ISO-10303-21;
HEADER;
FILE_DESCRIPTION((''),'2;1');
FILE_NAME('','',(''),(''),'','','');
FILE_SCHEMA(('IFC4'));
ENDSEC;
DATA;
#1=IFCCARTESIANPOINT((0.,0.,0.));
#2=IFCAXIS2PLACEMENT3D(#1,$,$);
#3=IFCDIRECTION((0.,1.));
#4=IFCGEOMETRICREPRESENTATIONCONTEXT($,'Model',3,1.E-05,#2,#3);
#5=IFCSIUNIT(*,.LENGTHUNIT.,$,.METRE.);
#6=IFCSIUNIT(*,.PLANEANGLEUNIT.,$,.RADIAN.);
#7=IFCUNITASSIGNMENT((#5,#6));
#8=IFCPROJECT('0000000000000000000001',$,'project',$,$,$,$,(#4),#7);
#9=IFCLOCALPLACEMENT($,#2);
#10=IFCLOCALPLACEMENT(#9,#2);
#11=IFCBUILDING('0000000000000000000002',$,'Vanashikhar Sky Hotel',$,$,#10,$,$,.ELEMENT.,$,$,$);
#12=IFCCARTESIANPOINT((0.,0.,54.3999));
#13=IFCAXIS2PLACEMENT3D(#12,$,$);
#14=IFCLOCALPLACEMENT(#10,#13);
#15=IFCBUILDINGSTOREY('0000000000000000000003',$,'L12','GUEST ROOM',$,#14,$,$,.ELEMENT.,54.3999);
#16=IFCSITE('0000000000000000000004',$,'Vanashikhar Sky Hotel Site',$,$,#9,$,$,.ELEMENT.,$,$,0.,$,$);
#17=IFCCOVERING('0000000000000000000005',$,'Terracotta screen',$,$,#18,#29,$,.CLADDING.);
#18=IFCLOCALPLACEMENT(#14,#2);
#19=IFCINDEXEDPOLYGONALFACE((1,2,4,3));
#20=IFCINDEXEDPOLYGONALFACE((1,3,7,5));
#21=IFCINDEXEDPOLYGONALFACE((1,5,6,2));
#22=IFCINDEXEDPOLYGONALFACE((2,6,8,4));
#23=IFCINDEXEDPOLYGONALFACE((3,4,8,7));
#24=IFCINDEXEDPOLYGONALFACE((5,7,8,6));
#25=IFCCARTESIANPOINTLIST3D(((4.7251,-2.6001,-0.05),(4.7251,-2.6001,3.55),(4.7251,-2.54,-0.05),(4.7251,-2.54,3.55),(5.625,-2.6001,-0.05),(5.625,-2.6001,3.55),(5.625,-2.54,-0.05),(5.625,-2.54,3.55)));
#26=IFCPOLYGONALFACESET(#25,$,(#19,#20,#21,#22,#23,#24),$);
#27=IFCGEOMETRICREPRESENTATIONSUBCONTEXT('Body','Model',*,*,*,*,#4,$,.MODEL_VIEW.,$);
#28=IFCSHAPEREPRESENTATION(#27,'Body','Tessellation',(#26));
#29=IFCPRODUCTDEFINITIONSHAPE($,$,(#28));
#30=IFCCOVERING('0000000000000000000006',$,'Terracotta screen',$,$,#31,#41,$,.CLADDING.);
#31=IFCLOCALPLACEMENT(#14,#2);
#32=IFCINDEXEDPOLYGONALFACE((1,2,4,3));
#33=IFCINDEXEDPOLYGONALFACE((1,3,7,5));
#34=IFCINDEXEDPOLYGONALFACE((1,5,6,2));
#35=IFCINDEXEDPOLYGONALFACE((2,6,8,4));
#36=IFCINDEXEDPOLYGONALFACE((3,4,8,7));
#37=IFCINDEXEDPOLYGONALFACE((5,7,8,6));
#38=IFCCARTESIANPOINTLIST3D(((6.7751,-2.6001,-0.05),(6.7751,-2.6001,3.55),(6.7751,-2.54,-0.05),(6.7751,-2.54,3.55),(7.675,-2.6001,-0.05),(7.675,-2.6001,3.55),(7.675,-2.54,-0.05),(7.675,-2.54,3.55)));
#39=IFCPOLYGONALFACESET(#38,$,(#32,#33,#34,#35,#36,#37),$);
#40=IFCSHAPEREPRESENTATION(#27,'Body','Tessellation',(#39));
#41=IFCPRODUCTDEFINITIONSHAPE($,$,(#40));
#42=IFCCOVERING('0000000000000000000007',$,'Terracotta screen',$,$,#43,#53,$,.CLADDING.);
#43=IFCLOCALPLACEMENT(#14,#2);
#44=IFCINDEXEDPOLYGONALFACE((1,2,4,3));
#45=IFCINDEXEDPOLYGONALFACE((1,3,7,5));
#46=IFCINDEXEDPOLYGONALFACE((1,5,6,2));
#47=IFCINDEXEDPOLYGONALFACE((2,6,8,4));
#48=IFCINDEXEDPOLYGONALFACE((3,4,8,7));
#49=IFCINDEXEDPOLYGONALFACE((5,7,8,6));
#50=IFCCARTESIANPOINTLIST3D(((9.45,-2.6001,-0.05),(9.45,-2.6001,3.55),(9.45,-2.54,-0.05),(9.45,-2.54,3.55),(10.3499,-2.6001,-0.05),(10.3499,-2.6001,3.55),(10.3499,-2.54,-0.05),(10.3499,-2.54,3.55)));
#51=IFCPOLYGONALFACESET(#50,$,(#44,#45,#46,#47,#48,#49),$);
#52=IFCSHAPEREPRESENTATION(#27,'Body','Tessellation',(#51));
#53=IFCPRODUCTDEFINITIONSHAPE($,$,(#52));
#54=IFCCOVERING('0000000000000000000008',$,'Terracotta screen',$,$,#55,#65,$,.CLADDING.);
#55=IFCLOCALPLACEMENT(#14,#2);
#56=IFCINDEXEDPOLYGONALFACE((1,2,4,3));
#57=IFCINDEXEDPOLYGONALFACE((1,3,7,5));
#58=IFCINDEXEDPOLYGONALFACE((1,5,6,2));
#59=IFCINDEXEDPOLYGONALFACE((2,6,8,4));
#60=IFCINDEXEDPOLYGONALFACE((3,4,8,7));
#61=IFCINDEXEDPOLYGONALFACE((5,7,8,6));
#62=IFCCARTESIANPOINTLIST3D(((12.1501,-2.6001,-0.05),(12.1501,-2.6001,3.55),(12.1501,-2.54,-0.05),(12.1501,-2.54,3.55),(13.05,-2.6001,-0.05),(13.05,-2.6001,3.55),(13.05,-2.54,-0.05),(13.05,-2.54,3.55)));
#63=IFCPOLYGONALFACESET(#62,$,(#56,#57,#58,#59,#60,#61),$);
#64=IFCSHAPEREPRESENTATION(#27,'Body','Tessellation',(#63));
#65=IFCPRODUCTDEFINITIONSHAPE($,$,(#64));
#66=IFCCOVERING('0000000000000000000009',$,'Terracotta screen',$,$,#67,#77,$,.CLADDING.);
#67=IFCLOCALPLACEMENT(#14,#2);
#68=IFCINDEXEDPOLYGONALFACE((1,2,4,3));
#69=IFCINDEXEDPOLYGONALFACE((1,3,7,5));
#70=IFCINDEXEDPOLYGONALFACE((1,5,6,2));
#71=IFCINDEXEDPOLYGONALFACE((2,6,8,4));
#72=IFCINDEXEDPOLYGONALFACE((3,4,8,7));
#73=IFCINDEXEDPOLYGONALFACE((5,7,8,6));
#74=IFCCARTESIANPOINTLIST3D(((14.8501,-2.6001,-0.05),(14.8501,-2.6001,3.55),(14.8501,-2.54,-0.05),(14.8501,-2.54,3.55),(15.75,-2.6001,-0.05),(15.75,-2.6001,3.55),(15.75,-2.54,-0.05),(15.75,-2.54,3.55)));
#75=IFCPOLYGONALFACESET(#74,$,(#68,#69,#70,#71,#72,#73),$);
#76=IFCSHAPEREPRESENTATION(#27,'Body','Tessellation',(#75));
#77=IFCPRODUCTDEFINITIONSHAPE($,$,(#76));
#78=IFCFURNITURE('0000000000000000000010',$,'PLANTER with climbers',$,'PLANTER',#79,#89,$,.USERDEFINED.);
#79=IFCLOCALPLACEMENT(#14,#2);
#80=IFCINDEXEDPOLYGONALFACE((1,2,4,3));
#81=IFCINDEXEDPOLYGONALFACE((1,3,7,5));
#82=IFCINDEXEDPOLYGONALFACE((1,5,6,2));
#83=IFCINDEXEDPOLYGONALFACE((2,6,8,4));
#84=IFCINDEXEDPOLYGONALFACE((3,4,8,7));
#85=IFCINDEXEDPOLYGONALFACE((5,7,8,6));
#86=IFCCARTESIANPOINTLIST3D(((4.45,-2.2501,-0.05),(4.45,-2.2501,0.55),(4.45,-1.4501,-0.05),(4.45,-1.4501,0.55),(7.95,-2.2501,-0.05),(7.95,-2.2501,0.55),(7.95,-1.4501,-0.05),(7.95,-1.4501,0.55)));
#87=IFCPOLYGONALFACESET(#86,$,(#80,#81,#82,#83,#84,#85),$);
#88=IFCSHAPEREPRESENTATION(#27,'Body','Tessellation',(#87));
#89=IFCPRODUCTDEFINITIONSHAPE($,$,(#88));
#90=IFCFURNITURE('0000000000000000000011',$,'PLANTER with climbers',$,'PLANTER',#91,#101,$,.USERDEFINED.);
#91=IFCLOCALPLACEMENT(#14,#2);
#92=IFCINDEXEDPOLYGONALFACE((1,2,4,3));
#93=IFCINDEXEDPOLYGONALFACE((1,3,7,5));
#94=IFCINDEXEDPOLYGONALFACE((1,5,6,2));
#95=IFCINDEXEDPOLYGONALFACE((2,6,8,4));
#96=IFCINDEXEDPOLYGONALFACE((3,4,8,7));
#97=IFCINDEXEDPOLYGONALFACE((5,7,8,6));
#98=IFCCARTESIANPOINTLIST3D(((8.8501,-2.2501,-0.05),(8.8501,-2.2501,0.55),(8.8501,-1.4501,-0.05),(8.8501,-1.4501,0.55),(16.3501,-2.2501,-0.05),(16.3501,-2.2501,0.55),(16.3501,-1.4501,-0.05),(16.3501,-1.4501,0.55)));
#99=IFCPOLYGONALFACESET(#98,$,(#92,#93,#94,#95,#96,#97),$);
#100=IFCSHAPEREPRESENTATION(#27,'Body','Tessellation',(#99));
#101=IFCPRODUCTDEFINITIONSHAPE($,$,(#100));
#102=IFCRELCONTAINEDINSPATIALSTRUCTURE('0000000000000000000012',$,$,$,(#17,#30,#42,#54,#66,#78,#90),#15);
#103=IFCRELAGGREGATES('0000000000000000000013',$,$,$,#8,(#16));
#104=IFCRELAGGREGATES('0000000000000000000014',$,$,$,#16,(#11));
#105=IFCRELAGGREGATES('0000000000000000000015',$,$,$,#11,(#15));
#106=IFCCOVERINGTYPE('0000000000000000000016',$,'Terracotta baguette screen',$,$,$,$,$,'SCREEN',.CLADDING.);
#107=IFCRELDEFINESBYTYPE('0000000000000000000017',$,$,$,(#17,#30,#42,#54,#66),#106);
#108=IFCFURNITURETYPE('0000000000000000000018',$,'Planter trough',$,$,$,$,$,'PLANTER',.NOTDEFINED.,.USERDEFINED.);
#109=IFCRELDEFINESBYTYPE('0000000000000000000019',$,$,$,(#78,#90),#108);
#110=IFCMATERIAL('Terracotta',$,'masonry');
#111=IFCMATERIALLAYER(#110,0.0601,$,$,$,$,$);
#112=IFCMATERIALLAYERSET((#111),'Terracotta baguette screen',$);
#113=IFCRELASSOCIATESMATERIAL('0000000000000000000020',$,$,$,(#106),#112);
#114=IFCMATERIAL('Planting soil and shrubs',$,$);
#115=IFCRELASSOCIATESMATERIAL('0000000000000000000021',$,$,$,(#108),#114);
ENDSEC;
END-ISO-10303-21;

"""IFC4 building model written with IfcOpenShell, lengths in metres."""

from ifc_helpers import new_model, si_unit, direction, frame, origin, origin_2d, place, context, subcontext, project, spatial, rectangle, extrude, source, transform, mapped, material, layer, layer_set, type_object, element, save


model = new_model("IFC4")

# Units and contexts
model_context = context("Model", 3, precision=1e-05, world=origin(), true_north=direction((0.0, 1.0)))
body_context = subcontext(model_context, "Body", "Model", "MODEL_VIEW")
ifc_project = project(units=[si_unit("LENGTHUNIT", "METRE"), si_unit("PLANEANGLEUNIT", "RADIAN")], contexts=[model_context])

# Site, building, storey
site_placement = place(None, origin())
site = spatial("IfcSite", under=ifc_project, at=site_placement, Name="Vanashikhar Sky Hotel Site", CompositionType="ELEMENT", RefElevation=0.0)
building_placement = place(site_placement, origin())
building = spatial("IfcBuilding", under=site, at=building_placement, Name="Vanashikhar Sky Hotel", CompositionType="ELEMENT")
storey_placement = place(building_placement, frame((0.0, 0.0, 54.3999)))
storey = spatial("IfcBuildingStorey", under=building, at=storey_placement, Name="L12", Description="GUEST ROOM", CompositionType="ELEMENT", Elevation=54.3999)

# Coverings
ifc_material_1 = material(Name="Terracotta", Category="masonry")
ifc_layer_1 = layer(ifc_material_1, 0.0601)
ifc_layer_set_1 = layer_set([ifc_layer_1], Name="Terracotta baguette screen")
covering_type = type_object("IfcCoveringType", Name="Terracotta baguette screen", ElementType="SCREEN", PredefinedType="CLADDING", material=ifc_layer_set_1)
shared_shape_1 = source(origin(), body_context, "Body", "SweptSolid", [
    extrude(rectangle(XDim=0.8999, YDim=0.0601, at=origin_2d()), origin(), (0.0, 0.0, 1.0), 3.6001),
])
for number, where, z_axis, x_axis, name in (
    (1, (5.175, -2.5701, -0.05), (0.0, 0.0, 1.0), (1.0, 0.0, 0.0), "Terracotta screen"),
    (2, (7.2251, -2.5701, -0.05), (0.0, 0.0, 1.0), (1.0, 0.0, 0.0), "Terracotta screen"),
    (3, (9.8999, -2.5701, -0.05), (0.0, 0.0, 1.0), (1.0, 0.0, 0.0), "Terracotta screen"),
    (4, (12.6001, -2.5701, -0.05), (0.0, 0.0, 1.0), (1.0, 0.0, 0.0), "Terracotta screen"),
    (5, (15.3, -2.5701, -0.05), (0.0, 0.0, 1.0), (1.0, 0.0, 0.0), "Terracotta screen"),
):
    element("IfcCovering", number, at=place(storey_placement, frame(where, z_axis=z_axis, x_axis=x_axis)), inside=storey, type_object=covering_type, Name=name, PredefinedType="CLADDING", context=body_context, shape_type="MappedRepresentation", body=[
        mapped(shared_shape_1, transform((0.0, 0.0, 0.0), scale=1.0)),
    ])

# Furniture
ifc_material_2 = material(Name="Planting soil and shrubs")
furniture_type = type_object("IfcFurnitureType", Name="Planter trough", ElementType="PLANTER", AssemblyPlace="NOTDEFINED", PredefinedType="USERDEFINED", material=ifc_material_2)
shared_shape_2 = source(origin(), body_context, "Body", "SweptSolid", [
    extrude(rectangle(XDim=3.5, YDim=0.8, at=origin_2d()), origin(), (0.0, 0.0, 1.0), 0.6001),
])
furniture_1_placement = place(storey_placement, frame((6.2, -1.8501, -0.05), z_axis=(0.0, 0.0, 1.0), x_axis=(1.0, 0.0, 0.0)))
element("IfcFurniture", 6, at=furniture_1_placement, inside=storey, type_object=furniture_type, Name="PLANTER with climbers", ObjectType="PLANTER", PredefinedType="USERDEFINED", context=body_context, shape_type="MappedRepresentation", body=[
    mapped(shared_shape_2, transform((0.0, 0.0, 0.0), scale=1.0)),
])
shared_shape_3 = source(origin(), body_context, "Body", "SweptSolid", [
    extrude(rectangle(XDim=7.5, YDim=0.8, at=origin_2d()), origin(), (0.0, 0.0, 1.0), 0.6001),
])
furniture_2_placement = place(storey_placement, frame((12.6001, -1.8501, -0.05), z_axis=(0.0, 0.0, 1.0), x_axis=(1.0, 0.0, 0.0)))
element("IfcFurniture", 7, at=furniture_2_placement, inside=storey, type_object=furniture_type, Name="PLANTER with climbers", ObjectType="PLANTER", PredefinedType="USERDEFINED", context=body_context, shape_type="MappedRepresentation", body=[
    mapped(shared_shape_3, transform((0.0, 0.0, 0.0), scale=1.0)),
])

save(model, "model.ifc")
